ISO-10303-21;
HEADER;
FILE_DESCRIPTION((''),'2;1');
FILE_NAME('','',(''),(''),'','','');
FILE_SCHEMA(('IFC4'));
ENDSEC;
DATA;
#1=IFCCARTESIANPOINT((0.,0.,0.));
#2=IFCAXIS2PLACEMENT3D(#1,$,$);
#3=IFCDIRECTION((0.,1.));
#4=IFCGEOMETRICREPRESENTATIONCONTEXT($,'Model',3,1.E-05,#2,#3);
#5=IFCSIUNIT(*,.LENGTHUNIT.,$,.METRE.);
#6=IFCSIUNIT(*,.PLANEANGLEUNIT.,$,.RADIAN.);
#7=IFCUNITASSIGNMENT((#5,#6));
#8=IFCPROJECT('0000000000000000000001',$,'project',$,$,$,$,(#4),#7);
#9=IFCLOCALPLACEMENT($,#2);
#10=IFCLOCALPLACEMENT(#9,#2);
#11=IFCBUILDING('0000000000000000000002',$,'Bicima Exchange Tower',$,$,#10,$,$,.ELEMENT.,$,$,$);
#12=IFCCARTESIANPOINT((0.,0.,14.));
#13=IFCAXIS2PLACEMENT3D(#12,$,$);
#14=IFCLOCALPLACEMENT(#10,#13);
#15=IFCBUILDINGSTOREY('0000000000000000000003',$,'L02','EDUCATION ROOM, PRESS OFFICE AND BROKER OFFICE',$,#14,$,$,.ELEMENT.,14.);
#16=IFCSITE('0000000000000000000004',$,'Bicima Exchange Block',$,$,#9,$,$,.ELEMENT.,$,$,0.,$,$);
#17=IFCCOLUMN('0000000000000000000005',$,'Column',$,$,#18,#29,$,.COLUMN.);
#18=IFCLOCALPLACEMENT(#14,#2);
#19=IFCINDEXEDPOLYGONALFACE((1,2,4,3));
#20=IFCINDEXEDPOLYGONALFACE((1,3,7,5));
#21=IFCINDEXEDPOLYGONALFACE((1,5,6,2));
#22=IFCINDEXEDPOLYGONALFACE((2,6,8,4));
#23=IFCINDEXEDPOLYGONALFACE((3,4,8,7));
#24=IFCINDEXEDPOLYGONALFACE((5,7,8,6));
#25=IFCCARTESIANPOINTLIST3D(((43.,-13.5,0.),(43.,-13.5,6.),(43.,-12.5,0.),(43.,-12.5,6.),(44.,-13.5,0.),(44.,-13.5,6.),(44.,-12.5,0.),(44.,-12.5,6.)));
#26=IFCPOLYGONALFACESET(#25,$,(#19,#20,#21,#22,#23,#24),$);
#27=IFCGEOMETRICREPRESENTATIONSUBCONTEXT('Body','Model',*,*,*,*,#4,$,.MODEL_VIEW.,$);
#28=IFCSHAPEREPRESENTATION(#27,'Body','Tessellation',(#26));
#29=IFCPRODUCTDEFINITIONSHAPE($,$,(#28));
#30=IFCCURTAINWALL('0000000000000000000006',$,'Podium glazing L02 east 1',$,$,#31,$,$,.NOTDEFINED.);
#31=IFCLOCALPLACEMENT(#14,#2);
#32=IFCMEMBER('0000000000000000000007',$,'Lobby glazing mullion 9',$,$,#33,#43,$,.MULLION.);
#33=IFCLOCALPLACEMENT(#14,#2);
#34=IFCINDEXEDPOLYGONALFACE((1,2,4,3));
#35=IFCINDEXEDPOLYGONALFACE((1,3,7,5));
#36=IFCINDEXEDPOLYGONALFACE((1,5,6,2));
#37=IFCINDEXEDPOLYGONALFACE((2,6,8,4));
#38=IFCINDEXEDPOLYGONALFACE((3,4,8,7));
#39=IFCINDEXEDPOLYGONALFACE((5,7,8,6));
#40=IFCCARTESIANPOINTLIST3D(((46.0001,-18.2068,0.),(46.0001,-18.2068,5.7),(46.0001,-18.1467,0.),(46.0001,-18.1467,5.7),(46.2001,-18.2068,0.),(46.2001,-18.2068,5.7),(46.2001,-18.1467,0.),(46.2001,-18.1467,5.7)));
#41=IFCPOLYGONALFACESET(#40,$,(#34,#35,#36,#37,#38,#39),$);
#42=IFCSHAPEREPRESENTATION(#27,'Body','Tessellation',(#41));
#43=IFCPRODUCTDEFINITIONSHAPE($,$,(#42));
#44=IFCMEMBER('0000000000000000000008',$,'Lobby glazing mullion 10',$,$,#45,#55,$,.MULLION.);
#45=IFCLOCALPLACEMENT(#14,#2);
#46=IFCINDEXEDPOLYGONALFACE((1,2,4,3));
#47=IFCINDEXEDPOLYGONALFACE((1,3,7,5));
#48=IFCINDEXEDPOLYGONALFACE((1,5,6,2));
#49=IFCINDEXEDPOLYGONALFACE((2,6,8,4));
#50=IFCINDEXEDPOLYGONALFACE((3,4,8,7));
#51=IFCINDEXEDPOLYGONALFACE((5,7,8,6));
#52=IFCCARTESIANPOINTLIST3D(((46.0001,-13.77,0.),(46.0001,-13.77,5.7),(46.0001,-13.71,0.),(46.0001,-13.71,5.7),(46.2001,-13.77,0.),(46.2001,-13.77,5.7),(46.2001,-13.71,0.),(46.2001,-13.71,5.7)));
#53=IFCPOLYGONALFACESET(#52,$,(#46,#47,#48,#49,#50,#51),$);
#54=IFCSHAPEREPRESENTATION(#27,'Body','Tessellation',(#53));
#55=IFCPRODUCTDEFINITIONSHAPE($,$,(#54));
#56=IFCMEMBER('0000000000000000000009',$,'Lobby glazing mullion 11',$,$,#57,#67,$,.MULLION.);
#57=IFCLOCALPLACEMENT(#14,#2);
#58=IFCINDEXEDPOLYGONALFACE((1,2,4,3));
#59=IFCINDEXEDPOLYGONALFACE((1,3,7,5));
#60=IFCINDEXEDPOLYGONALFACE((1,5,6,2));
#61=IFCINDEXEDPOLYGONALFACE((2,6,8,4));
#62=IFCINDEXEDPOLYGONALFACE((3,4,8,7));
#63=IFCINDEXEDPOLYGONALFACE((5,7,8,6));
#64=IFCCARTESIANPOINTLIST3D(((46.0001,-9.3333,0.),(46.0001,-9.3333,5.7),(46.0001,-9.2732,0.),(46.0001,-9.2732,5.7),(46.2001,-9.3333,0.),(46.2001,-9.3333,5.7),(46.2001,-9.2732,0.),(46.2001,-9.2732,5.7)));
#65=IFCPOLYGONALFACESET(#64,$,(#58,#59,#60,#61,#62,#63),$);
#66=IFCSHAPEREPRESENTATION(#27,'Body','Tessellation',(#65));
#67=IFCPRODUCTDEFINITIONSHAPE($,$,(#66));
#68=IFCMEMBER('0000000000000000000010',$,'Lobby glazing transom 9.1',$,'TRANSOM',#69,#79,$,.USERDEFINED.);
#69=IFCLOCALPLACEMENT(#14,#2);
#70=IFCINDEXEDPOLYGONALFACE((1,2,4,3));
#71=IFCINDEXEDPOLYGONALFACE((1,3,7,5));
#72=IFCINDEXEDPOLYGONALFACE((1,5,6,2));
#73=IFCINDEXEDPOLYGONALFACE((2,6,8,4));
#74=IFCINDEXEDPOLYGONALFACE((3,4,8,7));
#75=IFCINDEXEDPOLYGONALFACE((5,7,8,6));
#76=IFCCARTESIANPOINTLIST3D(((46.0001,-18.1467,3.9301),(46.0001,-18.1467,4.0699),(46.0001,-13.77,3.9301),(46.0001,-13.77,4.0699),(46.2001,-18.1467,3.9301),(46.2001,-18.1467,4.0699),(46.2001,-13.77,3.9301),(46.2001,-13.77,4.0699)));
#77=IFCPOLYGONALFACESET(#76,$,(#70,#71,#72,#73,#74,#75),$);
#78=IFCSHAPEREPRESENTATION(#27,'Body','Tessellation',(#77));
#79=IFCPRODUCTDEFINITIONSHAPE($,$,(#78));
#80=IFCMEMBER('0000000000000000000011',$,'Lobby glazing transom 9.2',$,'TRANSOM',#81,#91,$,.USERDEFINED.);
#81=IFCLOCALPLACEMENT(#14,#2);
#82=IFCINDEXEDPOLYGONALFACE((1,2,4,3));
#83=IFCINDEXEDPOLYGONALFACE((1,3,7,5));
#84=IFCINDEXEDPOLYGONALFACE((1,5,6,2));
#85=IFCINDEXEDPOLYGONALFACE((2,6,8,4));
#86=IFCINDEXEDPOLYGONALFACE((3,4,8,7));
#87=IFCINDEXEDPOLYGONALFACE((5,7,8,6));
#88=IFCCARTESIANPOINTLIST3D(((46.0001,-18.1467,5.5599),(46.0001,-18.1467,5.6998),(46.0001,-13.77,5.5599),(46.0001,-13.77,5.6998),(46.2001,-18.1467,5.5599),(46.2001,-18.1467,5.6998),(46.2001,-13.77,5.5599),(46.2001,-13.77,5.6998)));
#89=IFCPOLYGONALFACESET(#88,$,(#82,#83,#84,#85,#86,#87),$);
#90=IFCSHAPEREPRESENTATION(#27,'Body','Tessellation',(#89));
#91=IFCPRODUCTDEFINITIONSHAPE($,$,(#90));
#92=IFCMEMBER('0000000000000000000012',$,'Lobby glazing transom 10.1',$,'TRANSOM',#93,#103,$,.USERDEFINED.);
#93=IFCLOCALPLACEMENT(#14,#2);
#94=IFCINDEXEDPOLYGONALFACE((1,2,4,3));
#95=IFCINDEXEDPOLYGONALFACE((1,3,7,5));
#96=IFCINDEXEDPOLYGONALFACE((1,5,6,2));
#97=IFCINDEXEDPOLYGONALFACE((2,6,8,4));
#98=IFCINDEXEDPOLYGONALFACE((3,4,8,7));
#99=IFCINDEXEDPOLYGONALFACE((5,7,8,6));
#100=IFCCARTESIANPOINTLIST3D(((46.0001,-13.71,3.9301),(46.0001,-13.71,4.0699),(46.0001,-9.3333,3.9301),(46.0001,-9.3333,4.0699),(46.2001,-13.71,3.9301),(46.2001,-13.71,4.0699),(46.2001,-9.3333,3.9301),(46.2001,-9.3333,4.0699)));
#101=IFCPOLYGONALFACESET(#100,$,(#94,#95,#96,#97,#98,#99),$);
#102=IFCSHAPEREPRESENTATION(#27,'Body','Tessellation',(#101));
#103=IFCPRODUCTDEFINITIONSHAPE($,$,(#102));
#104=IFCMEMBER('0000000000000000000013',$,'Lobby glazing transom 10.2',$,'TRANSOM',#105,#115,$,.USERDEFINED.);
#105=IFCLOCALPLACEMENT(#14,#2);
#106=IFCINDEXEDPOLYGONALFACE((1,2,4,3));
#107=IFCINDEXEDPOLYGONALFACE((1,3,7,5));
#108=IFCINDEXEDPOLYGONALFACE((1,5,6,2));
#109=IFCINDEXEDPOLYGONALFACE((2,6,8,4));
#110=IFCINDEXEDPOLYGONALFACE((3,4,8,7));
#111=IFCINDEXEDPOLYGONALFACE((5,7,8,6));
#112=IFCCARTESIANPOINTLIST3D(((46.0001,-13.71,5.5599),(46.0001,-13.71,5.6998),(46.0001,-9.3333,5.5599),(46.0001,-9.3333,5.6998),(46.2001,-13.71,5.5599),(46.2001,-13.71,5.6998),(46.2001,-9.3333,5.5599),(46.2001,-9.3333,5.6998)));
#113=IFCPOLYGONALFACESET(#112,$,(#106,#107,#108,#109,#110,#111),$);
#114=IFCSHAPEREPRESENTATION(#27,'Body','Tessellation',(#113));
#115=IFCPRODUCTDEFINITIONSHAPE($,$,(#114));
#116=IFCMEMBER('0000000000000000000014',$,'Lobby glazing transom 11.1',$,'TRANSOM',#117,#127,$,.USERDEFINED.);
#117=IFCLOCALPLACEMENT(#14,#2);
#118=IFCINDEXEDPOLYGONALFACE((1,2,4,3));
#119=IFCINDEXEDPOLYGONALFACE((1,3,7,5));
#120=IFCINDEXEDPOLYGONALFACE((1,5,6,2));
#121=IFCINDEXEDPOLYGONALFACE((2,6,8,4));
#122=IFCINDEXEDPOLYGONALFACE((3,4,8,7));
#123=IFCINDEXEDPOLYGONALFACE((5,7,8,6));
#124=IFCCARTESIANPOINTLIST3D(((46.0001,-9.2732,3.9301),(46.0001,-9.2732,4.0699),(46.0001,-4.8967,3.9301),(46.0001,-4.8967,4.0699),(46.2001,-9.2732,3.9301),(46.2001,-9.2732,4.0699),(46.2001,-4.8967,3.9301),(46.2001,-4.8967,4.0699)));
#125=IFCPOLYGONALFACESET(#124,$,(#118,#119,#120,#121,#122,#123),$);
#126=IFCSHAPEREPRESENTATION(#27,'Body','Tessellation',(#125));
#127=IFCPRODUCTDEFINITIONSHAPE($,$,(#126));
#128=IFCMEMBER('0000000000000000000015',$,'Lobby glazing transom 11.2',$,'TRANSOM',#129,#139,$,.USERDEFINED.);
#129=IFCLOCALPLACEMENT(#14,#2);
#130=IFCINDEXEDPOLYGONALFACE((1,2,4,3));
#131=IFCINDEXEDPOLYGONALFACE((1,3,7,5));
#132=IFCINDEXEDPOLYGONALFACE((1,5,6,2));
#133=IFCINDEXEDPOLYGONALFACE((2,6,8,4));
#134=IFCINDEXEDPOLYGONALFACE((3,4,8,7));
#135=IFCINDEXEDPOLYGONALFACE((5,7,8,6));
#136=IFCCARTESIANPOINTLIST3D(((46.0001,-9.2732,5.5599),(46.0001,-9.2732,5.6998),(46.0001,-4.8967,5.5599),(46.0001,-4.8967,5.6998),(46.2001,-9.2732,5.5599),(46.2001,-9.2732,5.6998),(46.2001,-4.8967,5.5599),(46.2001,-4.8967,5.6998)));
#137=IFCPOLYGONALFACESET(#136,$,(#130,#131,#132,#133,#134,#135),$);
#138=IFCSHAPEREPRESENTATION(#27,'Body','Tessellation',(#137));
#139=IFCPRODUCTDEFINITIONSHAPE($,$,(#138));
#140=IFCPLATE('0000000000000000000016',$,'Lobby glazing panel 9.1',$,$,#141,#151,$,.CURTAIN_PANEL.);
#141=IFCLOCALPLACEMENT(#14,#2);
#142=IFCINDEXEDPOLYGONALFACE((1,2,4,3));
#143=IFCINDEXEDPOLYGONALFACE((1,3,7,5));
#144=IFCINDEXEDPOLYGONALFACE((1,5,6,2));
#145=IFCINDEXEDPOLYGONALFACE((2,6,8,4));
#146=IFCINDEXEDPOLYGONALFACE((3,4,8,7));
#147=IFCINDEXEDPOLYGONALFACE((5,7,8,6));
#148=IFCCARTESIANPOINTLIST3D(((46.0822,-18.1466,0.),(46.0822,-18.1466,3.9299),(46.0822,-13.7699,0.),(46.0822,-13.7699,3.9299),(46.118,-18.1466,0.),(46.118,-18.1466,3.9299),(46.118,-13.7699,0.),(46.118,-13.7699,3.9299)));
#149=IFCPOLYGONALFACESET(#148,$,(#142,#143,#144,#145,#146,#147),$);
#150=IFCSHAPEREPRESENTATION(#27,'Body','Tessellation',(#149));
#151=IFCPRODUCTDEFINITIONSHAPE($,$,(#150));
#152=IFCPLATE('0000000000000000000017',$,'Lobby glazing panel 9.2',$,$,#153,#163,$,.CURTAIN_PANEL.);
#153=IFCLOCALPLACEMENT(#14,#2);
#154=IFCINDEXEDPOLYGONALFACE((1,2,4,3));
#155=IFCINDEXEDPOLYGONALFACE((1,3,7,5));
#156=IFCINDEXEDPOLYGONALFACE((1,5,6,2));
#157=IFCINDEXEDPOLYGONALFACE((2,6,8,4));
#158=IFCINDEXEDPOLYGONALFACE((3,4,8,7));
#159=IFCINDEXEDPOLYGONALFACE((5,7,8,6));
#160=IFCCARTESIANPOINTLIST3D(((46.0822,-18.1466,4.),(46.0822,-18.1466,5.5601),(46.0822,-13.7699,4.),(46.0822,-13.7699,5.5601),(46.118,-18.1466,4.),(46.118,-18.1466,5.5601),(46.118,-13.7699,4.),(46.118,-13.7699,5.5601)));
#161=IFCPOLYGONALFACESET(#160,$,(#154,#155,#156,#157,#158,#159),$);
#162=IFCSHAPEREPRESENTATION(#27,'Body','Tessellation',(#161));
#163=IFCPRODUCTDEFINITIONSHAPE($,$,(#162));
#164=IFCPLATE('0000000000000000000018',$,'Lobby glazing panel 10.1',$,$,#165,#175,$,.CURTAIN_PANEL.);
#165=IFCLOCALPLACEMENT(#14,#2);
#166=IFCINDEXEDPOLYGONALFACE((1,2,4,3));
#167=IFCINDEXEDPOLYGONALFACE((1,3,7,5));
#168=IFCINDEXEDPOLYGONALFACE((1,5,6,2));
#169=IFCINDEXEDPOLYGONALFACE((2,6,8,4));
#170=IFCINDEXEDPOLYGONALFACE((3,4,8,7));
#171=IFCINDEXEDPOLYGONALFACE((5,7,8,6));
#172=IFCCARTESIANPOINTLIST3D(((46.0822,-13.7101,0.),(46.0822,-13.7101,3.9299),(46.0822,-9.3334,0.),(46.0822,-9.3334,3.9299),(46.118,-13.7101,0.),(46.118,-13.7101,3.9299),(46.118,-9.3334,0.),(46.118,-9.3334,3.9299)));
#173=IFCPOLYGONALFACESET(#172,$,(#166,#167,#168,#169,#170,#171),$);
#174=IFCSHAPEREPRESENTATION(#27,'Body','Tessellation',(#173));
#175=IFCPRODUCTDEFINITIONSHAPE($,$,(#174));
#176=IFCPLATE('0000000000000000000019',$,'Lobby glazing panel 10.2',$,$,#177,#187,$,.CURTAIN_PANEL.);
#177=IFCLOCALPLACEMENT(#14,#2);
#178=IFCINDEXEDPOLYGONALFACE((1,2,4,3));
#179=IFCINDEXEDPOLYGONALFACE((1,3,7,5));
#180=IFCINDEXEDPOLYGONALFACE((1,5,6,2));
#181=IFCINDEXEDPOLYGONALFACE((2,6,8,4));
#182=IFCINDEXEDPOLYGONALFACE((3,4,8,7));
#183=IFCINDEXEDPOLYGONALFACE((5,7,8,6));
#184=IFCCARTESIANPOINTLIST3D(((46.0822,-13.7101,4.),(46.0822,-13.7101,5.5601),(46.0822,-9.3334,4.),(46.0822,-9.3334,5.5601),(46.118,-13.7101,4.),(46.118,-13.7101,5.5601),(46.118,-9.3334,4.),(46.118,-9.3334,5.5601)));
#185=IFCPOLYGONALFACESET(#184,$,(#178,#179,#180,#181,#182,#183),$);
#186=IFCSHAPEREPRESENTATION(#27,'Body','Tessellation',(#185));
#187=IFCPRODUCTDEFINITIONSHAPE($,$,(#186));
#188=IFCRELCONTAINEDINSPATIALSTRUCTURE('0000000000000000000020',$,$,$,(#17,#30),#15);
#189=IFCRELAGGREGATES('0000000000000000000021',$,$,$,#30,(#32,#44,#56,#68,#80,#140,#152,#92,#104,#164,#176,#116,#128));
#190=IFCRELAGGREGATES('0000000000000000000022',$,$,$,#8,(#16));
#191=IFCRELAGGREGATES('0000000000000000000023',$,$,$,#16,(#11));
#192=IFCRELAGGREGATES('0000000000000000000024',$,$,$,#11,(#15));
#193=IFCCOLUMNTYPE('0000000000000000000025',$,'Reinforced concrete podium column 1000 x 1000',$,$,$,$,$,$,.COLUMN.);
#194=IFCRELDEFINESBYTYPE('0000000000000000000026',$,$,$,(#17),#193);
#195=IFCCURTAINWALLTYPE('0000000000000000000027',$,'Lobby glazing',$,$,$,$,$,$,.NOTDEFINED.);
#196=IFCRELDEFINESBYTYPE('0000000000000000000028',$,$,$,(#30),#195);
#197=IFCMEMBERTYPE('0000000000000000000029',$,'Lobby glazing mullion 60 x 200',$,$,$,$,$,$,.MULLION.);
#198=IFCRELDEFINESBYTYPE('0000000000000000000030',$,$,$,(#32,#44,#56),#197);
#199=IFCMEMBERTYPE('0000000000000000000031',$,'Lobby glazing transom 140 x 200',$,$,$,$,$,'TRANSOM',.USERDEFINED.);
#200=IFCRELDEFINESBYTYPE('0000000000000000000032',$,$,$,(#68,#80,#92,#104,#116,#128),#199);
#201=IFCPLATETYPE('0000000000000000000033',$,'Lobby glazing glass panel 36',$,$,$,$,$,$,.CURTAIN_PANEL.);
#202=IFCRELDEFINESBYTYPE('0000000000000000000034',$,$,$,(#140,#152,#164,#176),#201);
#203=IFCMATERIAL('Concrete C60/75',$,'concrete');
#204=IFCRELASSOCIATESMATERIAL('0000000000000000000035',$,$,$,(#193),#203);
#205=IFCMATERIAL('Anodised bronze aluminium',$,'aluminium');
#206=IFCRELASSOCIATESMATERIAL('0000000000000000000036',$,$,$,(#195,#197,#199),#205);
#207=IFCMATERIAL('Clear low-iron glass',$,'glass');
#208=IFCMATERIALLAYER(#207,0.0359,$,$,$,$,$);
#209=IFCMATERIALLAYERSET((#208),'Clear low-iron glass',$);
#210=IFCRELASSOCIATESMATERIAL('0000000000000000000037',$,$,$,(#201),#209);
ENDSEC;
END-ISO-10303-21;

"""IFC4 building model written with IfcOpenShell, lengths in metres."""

from ifc_helpers import new_model, si_unit, direction, frame, origin, origin_2d, place, context, subcontext, project, spatial, rectangle, extrude, material, layer, layer_set, material_profile, profile_set, type_object, element, aggregate, save


model = new_model("IFC4")

# Units and contexts
model_context = context("Model", 3, precision=1e-05, world=origin(), true_north=direction((0.0, 1.0)))
body_context = subcontext(model_context, "Body", "Model", "MODEL_VIEW")
ifc_project = project(units=[si_unit("LENGTHUNIT", "METRE"), si_unit("PLANEANGLEUNIT", "RADIAN")], contexts=[model_context])

# Site, building, storey
site_placement = place(None, origin())
site = spatial("IfcSite", under=ifc_project, at=site_placement, Name="Bicima Exchange Block", CompositionType="ELEMENT", RefElevation=0.0)
building_placement = place(site_placement, origin())
building = spatial("IfcBuilding", under=site, at=building_placement, Name="Bicima Exchange Tower", CompositionType="ELEMENT")
storey_placement = place(building_placement, frame((0.0, 0.0, 14.0)))
storey = spatial("IfcBuildingStorey", under=building, at=storey_placement, Name="L02", Description="EDUCATION ROOM, PRESS OFFICE AND BROKER OFFICE", CompositionType="ELEMENT", Elevation=14.0)

# Column
ifc_material_1 = material(Name="Concrete C60/75", Category="concrete")
ifc_material_profile_1 = material_profile(ifc_material_1, rectangle(XDim=1.0, YDim=1.0, at=origin_2d()))
ifc_profile_set_1 = profile_set([ifc_material_profile_1], Name="Concrete C60/75")
column_type = type_object("IfcColumnType", Name="Reinforced concrete podium column 1000 x 1000", PredefinedType="COLUMN", material=ifc_profile_set_1)
column_placement = place(storey_placement, frame((43.5, -13.0, 0.0), z_axis=(0.0, 0.0, 1.0), x_axis=(1.0, 0.0, 0.0)))
element("IfcColumn", 1, at=column_placement, inside=storey, type_object=column_type, Name="Column", PredefinedType="COLUMN", context=body_context, shape_type="SweptSolid", body=[
    extrude(rectangle(XDim=1.0, YDim=1.0, at=origin_2d()), origin(), (0.0, 0.0, 1.0), 6.0),
])

# Curtain wall, members, plates
ifc_material_2 = material(Name="Anodised bronze aluminium", Category="aluminium")
curtain_wall_type = type_object("IfcCurtainWallType", Name="Lobby glazing", PredefinedType="NOTDEFINED", material=ifc_material_2)
curtain_wall_placement = place(storey_placement, origin())
curtain_wall = element("IfcCurtainWall", 2, at=curtain_wall_placement, inside=storey, type_object=curtain_wall_type, Name="Podium glazing L02 east 1", PredefinedType="NOTDEFINED")
ifc_material_profile_2 = material_profile(ifc_material_2, rectangle(XDim=0.2, YDim=0.0601, at=origin_2d()))
ifc_profile_set_2 = profile_set([ifc_material_profile_2], Name="Anodised bronze aluminium")
member_type_1 = type_object("IfcMemberType", Name="Lobby glazing mullion 60 x 200", PredefinedType="MULLION", material=ifc_profile_set_2)
member_1_placement = place(storey_placement, frame((46.1001, -18.1768, 0.0), z_axis=(0.0, 0.0, 1.0), x_axis=(-1.0, 0.0, 0.0)))
member_1 = element("IfcMember", 3, at=member_1_placement, type_object=member_type_1, Name="Lobby glazing mullion 9", PredefinedType="MULLION", context=body_context, shape_type="SweptSolid", body=[
    extrude(rectangle(XDim=0.2, YDim=0.0601, at=origin_2d()), origin(), (0.0, 0.0, 1.0), 5.7),
])
member_2_placement = place(storey_placement, frame((46.1001, -13.74, 0.0), z_axis=(0.0, 0.0, 1.0), x_axis=(-1.0, 0.0, 0.0)))
member_2 = element("IfcMember", 4, at=member_2_placement, type_object=member_type_1, Name="Lobby glazing mullion 10", PredefinedType="MULLION", context=body_context, shape_type="SweptSolid", body=[
    extrude(rectangle(XDim=0.2, YDim=0.0601, at=origin_2d()), origin(), (0.0, 0.0, 1.0), 5.7),
])
member_3_placement = place(storey_placement, frame((46.1001, -9.3032, 0.0), z_axis=(0.0, 0.0, 1.0), x_axis=(-1.0, 0.0, 0.0)))
member_3 = element("IfcMember", 5, at=member_3_placement, type_object=member_type_1, Name="Lobby glazing mullion 11", PredefinedType="MULLION", context=body_context, shape_type="SweptSolid", body=[
    extrude(rectangle(XDim=0.2, YDim=0.0601, at=origin_2d()), origin(), (0.0, 0.0, 1.0), 5.7),
])
ifc_material_profile_3 = material_profile(ifc_material_2, rectangle(XDim=0.2, YDim=0.1399, at=origin_2d()))
ifc_profile_set_3 = profile_set([ifc_material_profile_3], Name="Anodised bronze aluminium")
member_type_2 = type_object("IfcMemberType", Name="Lobby glazing transom 140 x 200", ElementType="TRANSOM", PredefinedType="USERDEFINED", material=ifc_profile_set_3)
member_4_placement = place(storey_placement, frame((46.1001, -18.1467, 4.0), z_axis=(0.0, 1.0, 0.0), x_axis=(-1.0, 0.0, 0.0)))
member_4 = element("IfcMember", 6, at=member_4_placement, type_object=member_type_2, Name="Lobby glazing transom 9.1", ObjectType="TRANSOM", PredefinedType="USERDEFINED", context=body_context, shape_type="SweptSolid", body=[
    extrude(rectangle(XDim=0.2, YDim=0.1399, at=origin_2d()), origin(), (0.0, 0.0, 1.0), 4.3767),
])
member_5_placement = place(storey_placement, frame((46.1001, -18.1467, 5.6299), z_axis=(0.0, 1.0, 0.0), x_axis=(-1.0, 0.0, 0.0)))
member_5 = element("IfcMember", 7, at=member_5_placement, type_object=member_type_2, Name="Lobby glazing transom 9.2", ObjectType="TRANSOM", PredefinedType="USERDEFINED", context=body_context, shape_type="SweptSolid", body=[
    extrude(rectangle(XDim=0.2, YDim=0.1399, at=origin_2d()), origin(), (0.0, 0.0, 1.0), 4.3767),
])
member_6_placement = place(storey_placement, frame((46.1001, -13.71, 4.0), z_axis=(0.0, 1.0, 0.0), x_axis=(-1.0, 0.0, 0.0)))
member_6 = element("IfcMember", 8, at=member_6_placement, type_object=member_type_2, Name="Lobby glazing transom 10.1", ObjectType="TRANSOM", PredefinedType="USERDEFINED", context=body_context, shape_type="SweptSolid", body=[
    extrude(rectangle(XDim=0.2, YDim=0.1399, at=origin_2d()), origin(), (0.0, 0.0, 1.0), 4.3767),
])
member_7_placement = place(storey_placement, frame((46.1001, -13.71, 5.6299), z_axis=(0.0, 1.0, 0.0), x_axis=(-1.0, 0.0, 0.0)))
member_7 = element("IfcMember", 9, at=member_7_placement, type_object=member_type_2, Name="Lobby glazing transom 10.2", ObjectType="TRANSOM", PredefinedType="USERDEFINED", context=body_context, shape_type="SweptSolid", body=[
    extrude(rectangle(XDim=0.2, YDim=0.1399, at=origin_2d()), origin(), (0.0, 0.0, 1.0), 4.3767),
])
member_8_placement = place(storey_placement, frame((46.1001, -9.2732, 4.0), z_axis=(0.0, 1.0, 0.0), x_axis=(-1.0, 0.0, 0.0)))
member_8 = element("IfcMember", 10, at=member_8_placement, type_object=member_type_2, Name="Lobby glazing transom 11.1", ObjectType="TRANSOM", PredefinedType="USERDEFINED", context=body_context, shape_type="SweptSolid", body=[
    extrude(rectangle(XDim=0.2, YDim=0.1399, at=origin_2d()), origin(), (0.0, 0.0, 1.0), 4.3765),
])
member_9_placement = place(storey_placement, frame((46.1001, -9.2732, 5.6299), z_axis=(0.0, 1.0, 0.0), x_axis=(-1.0, 0.0, 0.0)))
member_9 = element("IfcMember", 11, at=member_9_placement, type_object=member_type_2, Name="Lobby glazing transom 11.2", ObjectType="TRANSOM", PredefinedType="USERDEFINED", context=body_context, shape_type="SweptSolid", body=[
    extrude(rectangle(XDim=0.2, YDim=0.1399, at=origin_2d()), origin(), (0.0, 0.0, 1.0), 4.3765),
])
ifc_material_3 = material(Name="Clear low-iron glass", Category="glass")
ifc_layer_1 = layer(ifc_material_3, 0.0359)
ifc_layer_set_1 = layer_set([ifc_layer_1], Name="Clear low-iron glass")
plate_type = type_object("IfcPlateType", Name="Lobby glazing glass panel 36", PredefinedType="CURTAIN_PANEL", material=ifc_layer_set_1)
plate_1_placement = place(storey_placement, frame((46.1001, -15.9583, 0.0), z_axis=(0.0, 0.0, 1.0), x_axis=(0.0, 1.0, 0.0)))
plate_1 = element("IfcPlate", 12, at=plate_1_placement, type_object=plate_type, Name="Lobby glazing panel 9.1", PredefinedType="CURTAIN_PANEL", context=body_context, shape_type="SweptSolid", body=[
    extrude(rectangle(XDim=4.3767, YDim=0.0359, at=origin_2d()), origin(), (0.0, 0.0, 1.0), 3.9299),
])
plate_2_placement = place(storey_placement, frame((46.1001, -15.9583, 4.0), z_axis=(0.0, 0.0, 1.0), x_axis=(0.0, 1.0, 0.0)))
plate_2 = element("IfcPlate", 13, at=plate_2_placement, type_object=plate_type, Name="Lobby glazing panel 9.2", PredefinedType="CURTAIN_PANEL", context=body_context, shape_type="SweptSolid", body=[
    extrude(rectangle(XDim=4.3767, YDim=0.0359, at=origin_2d()), origin(), (0.0, 0.0, 1.0), 1.5601),
])
plate_3_placement = place(storey_placement, frame((46.1001, -11.5217, 0.0), z_axis=(0.0, 0.0, 1.0), x_axis=(0.0, 1.0, 0.0)))
plate_3 = element("IfcPlate", 14, at=plate_3_placement, type_object=plate_type, Name="Lobby glazing panel 10.1", PredefinedType="CURTAIN_PANEL", context=body_context, shape_type="SweptSolid", body=[
    extrude(rectangle(XDim=4.3767, YDim=0.0359, at=origin_2d()), origin(), (0.0, 0.0, 1.0), 3.9299),
])
plate_4_placement = place(storey_placement, frame((46.1001, -11.5217, 4.0), z_axis=(0.0, 0.0, 1.0), x_axis=(0.0, 1.0, 0.0)))
plate_4 = element("IfcPlate", 15, at=plate_4_placement, type_object=plate_type, Name="Lobby glazing panel 10.2", PredefinedType="CURTAIN_PANEL", context=body_context, shape_type="SweptSolid", body=[
    extrude(rectangle(XDim=4.3767, YDim=0.0359, at=origin_2d()), origin(), (0.0, 0.0, 1.0), 1.5601),
])
aggregate(curtain_wall, [member_1, member_2, member_3, member_4, member_5, plate_1, plate_2, member_6, member_7, plate_3, plate_4, member_8, member_9])

save(model, "model.ifc")
